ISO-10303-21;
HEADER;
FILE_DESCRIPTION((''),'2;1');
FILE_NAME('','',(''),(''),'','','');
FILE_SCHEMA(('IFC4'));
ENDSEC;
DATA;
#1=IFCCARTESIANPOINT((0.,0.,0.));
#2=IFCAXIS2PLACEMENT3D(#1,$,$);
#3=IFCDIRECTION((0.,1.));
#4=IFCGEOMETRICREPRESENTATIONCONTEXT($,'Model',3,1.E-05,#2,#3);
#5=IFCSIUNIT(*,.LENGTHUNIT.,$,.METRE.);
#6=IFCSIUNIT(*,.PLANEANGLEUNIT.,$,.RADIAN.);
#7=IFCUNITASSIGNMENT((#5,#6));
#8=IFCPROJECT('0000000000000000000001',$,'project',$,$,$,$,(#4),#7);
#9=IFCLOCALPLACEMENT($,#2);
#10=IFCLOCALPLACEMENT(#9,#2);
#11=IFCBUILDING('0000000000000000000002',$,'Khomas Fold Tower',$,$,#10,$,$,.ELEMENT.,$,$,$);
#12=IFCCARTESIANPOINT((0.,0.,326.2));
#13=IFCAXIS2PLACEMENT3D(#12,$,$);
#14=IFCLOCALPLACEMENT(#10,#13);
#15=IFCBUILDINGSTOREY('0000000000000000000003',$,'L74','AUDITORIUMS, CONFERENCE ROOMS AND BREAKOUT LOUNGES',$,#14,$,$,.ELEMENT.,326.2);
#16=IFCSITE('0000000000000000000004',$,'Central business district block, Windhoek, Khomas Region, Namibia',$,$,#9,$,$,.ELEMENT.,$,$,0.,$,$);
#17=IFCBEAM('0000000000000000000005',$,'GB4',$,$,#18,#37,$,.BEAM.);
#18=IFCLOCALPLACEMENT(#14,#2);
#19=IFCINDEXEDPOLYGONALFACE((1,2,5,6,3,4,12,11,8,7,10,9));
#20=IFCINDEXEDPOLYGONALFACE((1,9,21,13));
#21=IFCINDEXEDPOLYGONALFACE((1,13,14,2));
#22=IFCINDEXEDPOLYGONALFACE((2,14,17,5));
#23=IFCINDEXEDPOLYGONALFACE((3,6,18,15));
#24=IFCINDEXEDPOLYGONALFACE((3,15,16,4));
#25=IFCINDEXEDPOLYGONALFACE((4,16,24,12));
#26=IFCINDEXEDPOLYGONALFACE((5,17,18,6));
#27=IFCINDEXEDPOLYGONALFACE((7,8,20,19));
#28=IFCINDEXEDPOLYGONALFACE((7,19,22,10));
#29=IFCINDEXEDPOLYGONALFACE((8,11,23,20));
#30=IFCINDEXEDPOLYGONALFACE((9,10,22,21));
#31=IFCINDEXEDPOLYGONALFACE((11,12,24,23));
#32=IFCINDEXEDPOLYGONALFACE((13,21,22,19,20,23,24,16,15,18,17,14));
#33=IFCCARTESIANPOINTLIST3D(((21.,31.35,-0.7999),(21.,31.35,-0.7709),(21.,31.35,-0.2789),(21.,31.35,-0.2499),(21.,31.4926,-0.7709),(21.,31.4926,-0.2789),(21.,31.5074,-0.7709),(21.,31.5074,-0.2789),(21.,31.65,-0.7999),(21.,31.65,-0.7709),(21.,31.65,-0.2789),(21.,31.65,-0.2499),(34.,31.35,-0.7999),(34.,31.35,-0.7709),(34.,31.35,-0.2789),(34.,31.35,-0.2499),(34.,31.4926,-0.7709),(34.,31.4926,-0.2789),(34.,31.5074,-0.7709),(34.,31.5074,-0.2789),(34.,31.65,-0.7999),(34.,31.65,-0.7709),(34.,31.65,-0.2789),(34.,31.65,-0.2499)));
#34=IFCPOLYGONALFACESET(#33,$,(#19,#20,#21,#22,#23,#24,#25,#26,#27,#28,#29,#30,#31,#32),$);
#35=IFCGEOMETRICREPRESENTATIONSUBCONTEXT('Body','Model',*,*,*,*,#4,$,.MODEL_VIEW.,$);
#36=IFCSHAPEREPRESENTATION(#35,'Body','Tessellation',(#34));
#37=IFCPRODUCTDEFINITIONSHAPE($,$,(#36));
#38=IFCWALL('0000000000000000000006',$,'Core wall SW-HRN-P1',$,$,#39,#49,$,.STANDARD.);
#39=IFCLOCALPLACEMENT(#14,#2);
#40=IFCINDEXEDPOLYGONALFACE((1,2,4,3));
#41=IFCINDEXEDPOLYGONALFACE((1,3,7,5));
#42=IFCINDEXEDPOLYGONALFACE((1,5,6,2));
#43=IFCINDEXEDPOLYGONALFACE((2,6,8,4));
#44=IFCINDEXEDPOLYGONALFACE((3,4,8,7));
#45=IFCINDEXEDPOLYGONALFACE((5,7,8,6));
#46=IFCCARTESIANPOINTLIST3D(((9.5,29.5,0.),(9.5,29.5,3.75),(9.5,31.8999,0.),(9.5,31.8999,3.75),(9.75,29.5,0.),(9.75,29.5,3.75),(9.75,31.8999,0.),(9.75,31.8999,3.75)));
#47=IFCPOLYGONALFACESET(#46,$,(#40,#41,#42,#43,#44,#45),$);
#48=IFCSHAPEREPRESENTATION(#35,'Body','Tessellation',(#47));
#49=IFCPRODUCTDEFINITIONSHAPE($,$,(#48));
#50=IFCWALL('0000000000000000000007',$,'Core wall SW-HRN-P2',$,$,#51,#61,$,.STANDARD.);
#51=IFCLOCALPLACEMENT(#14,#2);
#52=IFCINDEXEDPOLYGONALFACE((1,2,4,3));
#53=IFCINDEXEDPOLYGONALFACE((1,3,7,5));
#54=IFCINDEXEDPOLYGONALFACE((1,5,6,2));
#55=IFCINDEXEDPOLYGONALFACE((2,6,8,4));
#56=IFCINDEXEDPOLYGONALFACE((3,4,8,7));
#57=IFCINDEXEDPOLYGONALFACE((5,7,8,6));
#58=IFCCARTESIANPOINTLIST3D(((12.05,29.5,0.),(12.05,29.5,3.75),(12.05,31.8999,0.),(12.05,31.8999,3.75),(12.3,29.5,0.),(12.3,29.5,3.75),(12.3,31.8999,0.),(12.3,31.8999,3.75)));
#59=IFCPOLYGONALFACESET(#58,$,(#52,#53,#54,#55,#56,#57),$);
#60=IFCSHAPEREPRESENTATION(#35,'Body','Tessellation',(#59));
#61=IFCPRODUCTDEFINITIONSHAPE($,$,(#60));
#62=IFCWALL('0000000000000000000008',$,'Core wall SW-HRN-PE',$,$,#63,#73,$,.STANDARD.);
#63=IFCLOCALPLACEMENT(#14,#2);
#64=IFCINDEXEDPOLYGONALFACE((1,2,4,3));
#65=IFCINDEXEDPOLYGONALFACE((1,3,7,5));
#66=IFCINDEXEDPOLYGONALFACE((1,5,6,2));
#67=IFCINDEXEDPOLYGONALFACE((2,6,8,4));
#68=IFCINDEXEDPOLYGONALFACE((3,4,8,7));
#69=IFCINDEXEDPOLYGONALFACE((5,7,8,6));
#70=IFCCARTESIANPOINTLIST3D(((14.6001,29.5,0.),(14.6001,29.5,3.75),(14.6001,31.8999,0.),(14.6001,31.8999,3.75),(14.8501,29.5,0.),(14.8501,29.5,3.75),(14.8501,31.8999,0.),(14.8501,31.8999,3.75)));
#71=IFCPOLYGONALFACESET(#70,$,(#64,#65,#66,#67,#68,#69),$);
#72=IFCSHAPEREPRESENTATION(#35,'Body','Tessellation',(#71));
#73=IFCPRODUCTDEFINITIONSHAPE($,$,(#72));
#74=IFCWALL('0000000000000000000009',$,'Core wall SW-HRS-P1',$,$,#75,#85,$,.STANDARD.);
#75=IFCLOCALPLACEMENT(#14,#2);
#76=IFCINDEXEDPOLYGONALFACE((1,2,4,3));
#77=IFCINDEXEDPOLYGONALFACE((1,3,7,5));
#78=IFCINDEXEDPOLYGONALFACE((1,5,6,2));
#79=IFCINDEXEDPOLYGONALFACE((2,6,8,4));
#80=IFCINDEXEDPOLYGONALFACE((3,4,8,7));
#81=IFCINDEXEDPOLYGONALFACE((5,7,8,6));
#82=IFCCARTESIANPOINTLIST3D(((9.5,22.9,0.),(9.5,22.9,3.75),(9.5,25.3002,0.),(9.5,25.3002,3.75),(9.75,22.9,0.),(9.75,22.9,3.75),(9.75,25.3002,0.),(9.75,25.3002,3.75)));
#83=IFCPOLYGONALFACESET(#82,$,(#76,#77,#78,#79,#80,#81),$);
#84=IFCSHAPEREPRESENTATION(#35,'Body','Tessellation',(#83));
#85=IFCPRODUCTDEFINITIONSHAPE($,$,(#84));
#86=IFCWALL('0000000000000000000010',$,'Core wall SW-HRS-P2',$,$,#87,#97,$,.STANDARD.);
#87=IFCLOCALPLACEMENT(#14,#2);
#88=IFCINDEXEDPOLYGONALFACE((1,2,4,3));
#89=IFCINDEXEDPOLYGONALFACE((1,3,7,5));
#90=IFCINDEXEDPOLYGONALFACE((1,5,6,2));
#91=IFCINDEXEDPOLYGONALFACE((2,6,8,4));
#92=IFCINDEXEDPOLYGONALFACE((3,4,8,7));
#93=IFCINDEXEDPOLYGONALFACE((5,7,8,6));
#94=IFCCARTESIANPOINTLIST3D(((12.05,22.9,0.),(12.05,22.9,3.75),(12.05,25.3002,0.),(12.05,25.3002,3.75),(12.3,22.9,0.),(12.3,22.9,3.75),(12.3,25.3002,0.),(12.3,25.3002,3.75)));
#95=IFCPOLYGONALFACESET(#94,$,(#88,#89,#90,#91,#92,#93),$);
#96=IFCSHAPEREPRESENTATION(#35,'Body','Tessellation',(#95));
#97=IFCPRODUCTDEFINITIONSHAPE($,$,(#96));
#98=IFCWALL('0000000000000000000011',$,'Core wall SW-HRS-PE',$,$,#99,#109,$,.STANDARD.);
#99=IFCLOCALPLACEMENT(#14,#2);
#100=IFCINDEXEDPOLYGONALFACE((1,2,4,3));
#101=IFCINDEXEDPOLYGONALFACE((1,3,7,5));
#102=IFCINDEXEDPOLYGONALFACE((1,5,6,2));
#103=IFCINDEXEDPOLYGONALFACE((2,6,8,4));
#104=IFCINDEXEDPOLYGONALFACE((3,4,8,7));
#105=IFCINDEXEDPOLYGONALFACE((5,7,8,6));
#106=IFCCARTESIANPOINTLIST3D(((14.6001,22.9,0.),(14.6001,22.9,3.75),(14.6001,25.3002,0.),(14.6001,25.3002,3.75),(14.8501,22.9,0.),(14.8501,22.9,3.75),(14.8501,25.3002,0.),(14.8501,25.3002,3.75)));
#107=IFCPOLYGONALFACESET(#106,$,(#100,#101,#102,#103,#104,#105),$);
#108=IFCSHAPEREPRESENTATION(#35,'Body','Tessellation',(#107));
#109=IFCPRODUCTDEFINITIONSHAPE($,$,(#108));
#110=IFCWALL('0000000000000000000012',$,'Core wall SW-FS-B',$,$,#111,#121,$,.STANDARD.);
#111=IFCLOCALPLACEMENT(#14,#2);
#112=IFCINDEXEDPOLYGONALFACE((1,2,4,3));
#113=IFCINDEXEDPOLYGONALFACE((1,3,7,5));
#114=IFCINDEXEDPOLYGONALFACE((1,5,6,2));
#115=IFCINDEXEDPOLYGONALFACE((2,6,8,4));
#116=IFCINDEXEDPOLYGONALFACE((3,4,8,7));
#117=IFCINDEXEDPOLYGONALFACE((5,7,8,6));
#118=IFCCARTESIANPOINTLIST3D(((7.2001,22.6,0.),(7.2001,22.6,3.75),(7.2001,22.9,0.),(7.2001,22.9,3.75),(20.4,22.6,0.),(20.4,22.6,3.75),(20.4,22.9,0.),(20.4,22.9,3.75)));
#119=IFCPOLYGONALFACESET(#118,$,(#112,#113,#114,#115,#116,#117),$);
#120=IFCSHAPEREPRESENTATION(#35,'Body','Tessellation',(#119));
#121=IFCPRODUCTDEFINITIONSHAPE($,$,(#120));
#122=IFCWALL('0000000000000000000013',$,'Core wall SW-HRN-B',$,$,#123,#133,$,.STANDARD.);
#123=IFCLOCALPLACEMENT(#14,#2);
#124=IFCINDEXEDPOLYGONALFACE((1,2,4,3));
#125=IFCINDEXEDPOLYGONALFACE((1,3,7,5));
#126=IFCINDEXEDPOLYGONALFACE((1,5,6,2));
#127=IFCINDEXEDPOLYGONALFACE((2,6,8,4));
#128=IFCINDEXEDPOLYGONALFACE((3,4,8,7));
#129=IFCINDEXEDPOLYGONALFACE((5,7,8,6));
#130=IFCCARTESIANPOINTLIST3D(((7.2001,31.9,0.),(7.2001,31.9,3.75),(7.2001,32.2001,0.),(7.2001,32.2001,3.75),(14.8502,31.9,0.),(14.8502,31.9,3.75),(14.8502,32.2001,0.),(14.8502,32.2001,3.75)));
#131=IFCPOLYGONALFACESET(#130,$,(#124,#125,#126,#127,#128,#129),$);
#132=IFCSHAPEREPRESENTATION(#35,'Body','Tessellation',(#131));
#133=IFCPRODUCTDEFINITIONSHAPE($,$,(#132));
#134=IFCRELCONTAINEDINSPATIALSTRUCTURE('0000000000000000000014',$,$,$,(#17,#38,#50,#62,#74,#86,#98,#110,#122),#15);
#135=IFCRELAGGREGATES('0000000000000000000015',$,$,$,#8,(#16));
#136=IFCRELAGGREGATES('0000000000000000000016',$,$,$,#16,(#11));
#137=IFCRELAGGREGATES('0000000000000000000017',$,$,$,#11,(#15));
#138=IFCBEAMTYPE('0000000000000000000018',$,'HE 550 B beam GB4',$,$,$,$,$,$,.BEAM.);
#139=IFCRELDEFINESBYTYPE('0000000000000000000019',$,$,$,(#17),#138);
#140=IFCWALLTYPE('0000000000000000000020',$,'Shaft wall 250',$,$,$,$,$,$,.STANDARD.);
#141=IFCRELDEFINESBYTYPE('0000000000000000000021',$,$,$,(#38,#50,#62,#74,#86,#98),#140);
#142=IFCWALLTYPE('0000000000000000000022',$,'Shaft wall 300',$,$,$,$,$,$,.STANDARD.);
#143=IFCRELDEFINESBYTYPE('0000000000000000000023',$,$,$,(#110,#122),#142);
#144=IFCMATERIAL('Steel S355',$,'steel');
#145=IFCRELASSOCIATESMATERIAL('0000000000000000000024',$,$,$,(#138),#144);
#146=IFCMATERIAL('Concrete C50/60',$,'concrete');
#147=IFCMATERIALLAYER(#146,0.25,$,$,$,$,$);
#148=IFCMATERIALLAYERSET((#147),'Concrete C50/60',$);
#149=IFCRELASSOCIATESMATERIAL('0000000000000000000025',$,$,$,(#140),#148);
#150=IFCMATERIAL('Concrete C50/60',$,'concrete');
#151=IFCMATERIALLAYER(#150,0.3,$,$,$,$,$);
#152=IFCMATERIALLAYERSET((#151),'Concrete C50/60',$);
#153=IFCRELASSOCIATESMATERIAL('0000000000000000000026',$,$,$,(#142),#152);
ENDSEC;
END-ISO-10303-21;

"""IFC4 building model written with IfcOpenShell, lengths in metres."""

from ifc_helpers import new_model, si_unit, direction, frame, frame_2d, origin, origin_2d, place, context, subcontext, project, spatial, rectangle, i_section, extrude, source, transform, mapped, material, layer, layer_set, material_profile, profile_set, type_object, element, save


model = new_model("IFC4")

# Units and contexts
model_context = context("Model", 3, precision=1e-05, world=origin(), true_north=direction((0.0, 1.0)))
body_context = subcontext(model_context, "Body", "Model", "MODEL_VIEW")
ifc_project = project(units=[si_unit("LENGTHUNIT", "METRE"), si_unit("PLANEANGLEUNIT", "RADIAN")], contexts=[model_context])

# Site, building, storey
site_placement = place(None, origin())
site = spatial("IfcSite", under=ifc_project, at=site_placement, Name="Central business district block, Windhoek, Khomas Region, Namibia", CompositionType="ELEMENT", RefElevation=0.0)
building_placement = place(site_placement, origin())
building = spatial("IfcBuilding", under=site, at=building_placement, Name="Khomas Fold Tower", CompositionType="ELEMENT")
storey_placement = place(building_placement, frame((0.0, 0.0, 326.2)))
storey = spatial("IfcBuildingStorey", under=building, at=storey_placement, Name="L74", Description="AUDITORIUMS, CONFERENCE ROOMS AND BREAKOUT LOUNGES", CompositionType="ELEMENT", Elevation=326.2)

# Beam
ifc_material_1 = material(Name="Steel S355", Category="steel")
ifc_material_profile = material_profile(ifc_material_1, i_section(OverallWidth=0.3, OverallDepth=0.55, WebThickness=0.0149, FlangeThickness=0.0291, at=origin_2d()), Name="HE 550 B")
ifc_profile_set = profile_set([ifc_material_profile], Name="Steel S355")
beam_type = type_object("IfcBeamType", Name="HE 550 B beam GB4", PredefinedType="BEAM", material=ifc_profile_set)
shared_shape_1 = source(origin(), body_context, "Body", "SweptSolid", [
    extrude(i_section(OverallWidth=0.3, OverallDepth=0.55, WebThickness=0.0149, FlangeThickness=0.0291, at=origin_2d()), origin(), (0.0, 0.0, 1.0), 13.0),
])
beam_placement = place(storey_placement, frame((21.0, 31.5, -0.5249), z_axis=(1.0, 0.0, 0.0), x_axis=(0.0, 1.0, 0.0)))
element("IfcBeam", 1, at=beam_placement, inside=storey, type_object=beam_type, Name="GB4", PredefinedType="BEAM", context=body_context, shape_type="MappedRepresentation", body=[
    mapped(shared_shape_1, transform((0.0, 0.0, 0.0))),
])

# Walls
ifc_material_2 = material(Name="Concrete C50/60", Category="concrete")
ifc_layer_1 = layer(ifc_material_2, 0.25)
ifc_layer_set_1 = layer_set([ifc_layer_1], Name="Concrete C50/60")
wall_type_1 = type_object("IfcWallType", Name="Shaft wall 250", PredefinedType="STANDARD", material=ifc_layer_set_1)
shared_shape_2 = source(origin(), body_context, "Body", "SweptSolid", [
    extrude(rectangle(XDim=2.3999, YDim=0.25, at=frame_2d((1.2, 0.0))), origin(), (0.0, 0.0, 1.0), 3.75),
])
for number, where, z_axis, x_axis, name in (
    (2, (9.625, 29.5, 0.0), (0.0, 0.0, 1.0), (0.0, 1.0, 0.0), "Core wall SW-HRN-P1"),
    (3, (12.175, 29.5, 0.0), (0.0, 0.0, 1.0), (0.0, 1.0, 0.0), "Core wall SW-HRN-P2"),
    (4, (14.7251, 29.5, 0.0), (0.0, 0.0, 1.0), (0.0, 1.0, 0.0), "Core wall SW-HRN-PE"),
):
    element("IfcWall", number, at=place(storey_placement, frame(where, z_axis=z_axis, x_axis=x_axis)), inside=storey, type_object=wall_type_1, Name=name, PredefinedType="STANDARD", context=body_context, shape_type="MappedRepresentation", body=[
        mapped(shared_shape_2, transform((0.0, 0.0, 0.0))),
    ])
shared_shape_3 = source(origin(), body_context, "Body", "SweptSolid", [
    extrude(rectangle(XDim=2.4001, YDim=0.25, at=frame_2d((1.2002, 0.0))), origin(), (0.0, 0.0, 1.0), 3.75),
])
for number, where, z_axis, x_axis, name in (
    (5, (9.625, 22.8999, 0.0), (0.0, 0.0, 1.0), (0.0, 1.0, 0.0), "Core wall SW-HRS-P1"),
    (6, (12.175, 22.8999, 0.0), (0.0, 0.0, 1.0), (0.0, 1.0, 0.0), "Core wall SW-HRS-P2"),
    (7, (14.7251, 22.8999, 0.0), (0.0, 0.0, 1.0), (0.0, 1.0, 0.0), "Core wall SW-HRS-PE"),
):
    element("IfcWall", number, at=place(storey_placement, frame(where, z_axis=z_axis, x_axis=x_axis)), inside=storey, type_object=wall_type_1, Name=name, PredefinedType="STANDARD", context=body_context, shape_type="MappedRepresentation", body=[
        mapped(shared_shape_3, transform((0.0, 0.0, 0.0))),
    ])
ifc_material_3 = material(Name="Concrete C50/60", Category="concrete")
ifc_layer_2 = layer(ifc_material_3, 0.3)
ifc_layer_set_2 = layer_set([ifc_layer_2], Name="Concrete C50/60")
wall_type_2 = type_object("IfcWallType", Name="Shaft wall 300", PredefinedType="STANDARD", material=ifc_layer_set_2)
shared_shape_4 = source(origin(), body_context, "Body", "SweptSolid", [
    extrude(rectangle(XDim=13.2, YDim=0.3, at=frame_2d((6.6001, 0.0))), origin(), (0.0, 0.0, 1.0), 3.75),
])
wall_1_placement = place(storey_placement, frame((7.2, 22.75, 0.0), z_axis=(0.0, 0.0, 1.0), x_axis=(1.0, 0.0, 0.0)))
element("IfcWall", 8, at=wall_1_placement, inside=storey, type_object=wall_type_2, Name="Core wall SW-FS-B", PredefinedType="STANDARD", context=body_context, shape_type="MappedRepresentation", body=[
    mapped(shared_shape_4, transform((0.0, 0.0, 0.0))),
])
shared_shape_5 = source(origin(), body_context, "Body", "SweptSolid", [
    extrude(rectangle(XDim=7.6501, YDim=0.3, at=frame_2d((3.8252, 0.0))), origin(), (0.0, 0.0, 1.0), 3.75),
])
wall_2_placement = place(storey_placement, frame((7.2, 32.05, 0.0), z_axis=(0.0, 0.0, 1.0), x_axis=(1.0, 0.0, 0.0)))
element("IfcWall", 9, at=wall_2_placement, inside=storey, type_object=wall_type_2, Name="Core wall SW-HRN-B", PredefinedType="STANDARD", context=body_context, shape_type="MappedRepresentation", body=[
    mapped(shared_shape_5, transform((0.0, 0.0, 0.0))),
])

save(model, "model.ifc")
